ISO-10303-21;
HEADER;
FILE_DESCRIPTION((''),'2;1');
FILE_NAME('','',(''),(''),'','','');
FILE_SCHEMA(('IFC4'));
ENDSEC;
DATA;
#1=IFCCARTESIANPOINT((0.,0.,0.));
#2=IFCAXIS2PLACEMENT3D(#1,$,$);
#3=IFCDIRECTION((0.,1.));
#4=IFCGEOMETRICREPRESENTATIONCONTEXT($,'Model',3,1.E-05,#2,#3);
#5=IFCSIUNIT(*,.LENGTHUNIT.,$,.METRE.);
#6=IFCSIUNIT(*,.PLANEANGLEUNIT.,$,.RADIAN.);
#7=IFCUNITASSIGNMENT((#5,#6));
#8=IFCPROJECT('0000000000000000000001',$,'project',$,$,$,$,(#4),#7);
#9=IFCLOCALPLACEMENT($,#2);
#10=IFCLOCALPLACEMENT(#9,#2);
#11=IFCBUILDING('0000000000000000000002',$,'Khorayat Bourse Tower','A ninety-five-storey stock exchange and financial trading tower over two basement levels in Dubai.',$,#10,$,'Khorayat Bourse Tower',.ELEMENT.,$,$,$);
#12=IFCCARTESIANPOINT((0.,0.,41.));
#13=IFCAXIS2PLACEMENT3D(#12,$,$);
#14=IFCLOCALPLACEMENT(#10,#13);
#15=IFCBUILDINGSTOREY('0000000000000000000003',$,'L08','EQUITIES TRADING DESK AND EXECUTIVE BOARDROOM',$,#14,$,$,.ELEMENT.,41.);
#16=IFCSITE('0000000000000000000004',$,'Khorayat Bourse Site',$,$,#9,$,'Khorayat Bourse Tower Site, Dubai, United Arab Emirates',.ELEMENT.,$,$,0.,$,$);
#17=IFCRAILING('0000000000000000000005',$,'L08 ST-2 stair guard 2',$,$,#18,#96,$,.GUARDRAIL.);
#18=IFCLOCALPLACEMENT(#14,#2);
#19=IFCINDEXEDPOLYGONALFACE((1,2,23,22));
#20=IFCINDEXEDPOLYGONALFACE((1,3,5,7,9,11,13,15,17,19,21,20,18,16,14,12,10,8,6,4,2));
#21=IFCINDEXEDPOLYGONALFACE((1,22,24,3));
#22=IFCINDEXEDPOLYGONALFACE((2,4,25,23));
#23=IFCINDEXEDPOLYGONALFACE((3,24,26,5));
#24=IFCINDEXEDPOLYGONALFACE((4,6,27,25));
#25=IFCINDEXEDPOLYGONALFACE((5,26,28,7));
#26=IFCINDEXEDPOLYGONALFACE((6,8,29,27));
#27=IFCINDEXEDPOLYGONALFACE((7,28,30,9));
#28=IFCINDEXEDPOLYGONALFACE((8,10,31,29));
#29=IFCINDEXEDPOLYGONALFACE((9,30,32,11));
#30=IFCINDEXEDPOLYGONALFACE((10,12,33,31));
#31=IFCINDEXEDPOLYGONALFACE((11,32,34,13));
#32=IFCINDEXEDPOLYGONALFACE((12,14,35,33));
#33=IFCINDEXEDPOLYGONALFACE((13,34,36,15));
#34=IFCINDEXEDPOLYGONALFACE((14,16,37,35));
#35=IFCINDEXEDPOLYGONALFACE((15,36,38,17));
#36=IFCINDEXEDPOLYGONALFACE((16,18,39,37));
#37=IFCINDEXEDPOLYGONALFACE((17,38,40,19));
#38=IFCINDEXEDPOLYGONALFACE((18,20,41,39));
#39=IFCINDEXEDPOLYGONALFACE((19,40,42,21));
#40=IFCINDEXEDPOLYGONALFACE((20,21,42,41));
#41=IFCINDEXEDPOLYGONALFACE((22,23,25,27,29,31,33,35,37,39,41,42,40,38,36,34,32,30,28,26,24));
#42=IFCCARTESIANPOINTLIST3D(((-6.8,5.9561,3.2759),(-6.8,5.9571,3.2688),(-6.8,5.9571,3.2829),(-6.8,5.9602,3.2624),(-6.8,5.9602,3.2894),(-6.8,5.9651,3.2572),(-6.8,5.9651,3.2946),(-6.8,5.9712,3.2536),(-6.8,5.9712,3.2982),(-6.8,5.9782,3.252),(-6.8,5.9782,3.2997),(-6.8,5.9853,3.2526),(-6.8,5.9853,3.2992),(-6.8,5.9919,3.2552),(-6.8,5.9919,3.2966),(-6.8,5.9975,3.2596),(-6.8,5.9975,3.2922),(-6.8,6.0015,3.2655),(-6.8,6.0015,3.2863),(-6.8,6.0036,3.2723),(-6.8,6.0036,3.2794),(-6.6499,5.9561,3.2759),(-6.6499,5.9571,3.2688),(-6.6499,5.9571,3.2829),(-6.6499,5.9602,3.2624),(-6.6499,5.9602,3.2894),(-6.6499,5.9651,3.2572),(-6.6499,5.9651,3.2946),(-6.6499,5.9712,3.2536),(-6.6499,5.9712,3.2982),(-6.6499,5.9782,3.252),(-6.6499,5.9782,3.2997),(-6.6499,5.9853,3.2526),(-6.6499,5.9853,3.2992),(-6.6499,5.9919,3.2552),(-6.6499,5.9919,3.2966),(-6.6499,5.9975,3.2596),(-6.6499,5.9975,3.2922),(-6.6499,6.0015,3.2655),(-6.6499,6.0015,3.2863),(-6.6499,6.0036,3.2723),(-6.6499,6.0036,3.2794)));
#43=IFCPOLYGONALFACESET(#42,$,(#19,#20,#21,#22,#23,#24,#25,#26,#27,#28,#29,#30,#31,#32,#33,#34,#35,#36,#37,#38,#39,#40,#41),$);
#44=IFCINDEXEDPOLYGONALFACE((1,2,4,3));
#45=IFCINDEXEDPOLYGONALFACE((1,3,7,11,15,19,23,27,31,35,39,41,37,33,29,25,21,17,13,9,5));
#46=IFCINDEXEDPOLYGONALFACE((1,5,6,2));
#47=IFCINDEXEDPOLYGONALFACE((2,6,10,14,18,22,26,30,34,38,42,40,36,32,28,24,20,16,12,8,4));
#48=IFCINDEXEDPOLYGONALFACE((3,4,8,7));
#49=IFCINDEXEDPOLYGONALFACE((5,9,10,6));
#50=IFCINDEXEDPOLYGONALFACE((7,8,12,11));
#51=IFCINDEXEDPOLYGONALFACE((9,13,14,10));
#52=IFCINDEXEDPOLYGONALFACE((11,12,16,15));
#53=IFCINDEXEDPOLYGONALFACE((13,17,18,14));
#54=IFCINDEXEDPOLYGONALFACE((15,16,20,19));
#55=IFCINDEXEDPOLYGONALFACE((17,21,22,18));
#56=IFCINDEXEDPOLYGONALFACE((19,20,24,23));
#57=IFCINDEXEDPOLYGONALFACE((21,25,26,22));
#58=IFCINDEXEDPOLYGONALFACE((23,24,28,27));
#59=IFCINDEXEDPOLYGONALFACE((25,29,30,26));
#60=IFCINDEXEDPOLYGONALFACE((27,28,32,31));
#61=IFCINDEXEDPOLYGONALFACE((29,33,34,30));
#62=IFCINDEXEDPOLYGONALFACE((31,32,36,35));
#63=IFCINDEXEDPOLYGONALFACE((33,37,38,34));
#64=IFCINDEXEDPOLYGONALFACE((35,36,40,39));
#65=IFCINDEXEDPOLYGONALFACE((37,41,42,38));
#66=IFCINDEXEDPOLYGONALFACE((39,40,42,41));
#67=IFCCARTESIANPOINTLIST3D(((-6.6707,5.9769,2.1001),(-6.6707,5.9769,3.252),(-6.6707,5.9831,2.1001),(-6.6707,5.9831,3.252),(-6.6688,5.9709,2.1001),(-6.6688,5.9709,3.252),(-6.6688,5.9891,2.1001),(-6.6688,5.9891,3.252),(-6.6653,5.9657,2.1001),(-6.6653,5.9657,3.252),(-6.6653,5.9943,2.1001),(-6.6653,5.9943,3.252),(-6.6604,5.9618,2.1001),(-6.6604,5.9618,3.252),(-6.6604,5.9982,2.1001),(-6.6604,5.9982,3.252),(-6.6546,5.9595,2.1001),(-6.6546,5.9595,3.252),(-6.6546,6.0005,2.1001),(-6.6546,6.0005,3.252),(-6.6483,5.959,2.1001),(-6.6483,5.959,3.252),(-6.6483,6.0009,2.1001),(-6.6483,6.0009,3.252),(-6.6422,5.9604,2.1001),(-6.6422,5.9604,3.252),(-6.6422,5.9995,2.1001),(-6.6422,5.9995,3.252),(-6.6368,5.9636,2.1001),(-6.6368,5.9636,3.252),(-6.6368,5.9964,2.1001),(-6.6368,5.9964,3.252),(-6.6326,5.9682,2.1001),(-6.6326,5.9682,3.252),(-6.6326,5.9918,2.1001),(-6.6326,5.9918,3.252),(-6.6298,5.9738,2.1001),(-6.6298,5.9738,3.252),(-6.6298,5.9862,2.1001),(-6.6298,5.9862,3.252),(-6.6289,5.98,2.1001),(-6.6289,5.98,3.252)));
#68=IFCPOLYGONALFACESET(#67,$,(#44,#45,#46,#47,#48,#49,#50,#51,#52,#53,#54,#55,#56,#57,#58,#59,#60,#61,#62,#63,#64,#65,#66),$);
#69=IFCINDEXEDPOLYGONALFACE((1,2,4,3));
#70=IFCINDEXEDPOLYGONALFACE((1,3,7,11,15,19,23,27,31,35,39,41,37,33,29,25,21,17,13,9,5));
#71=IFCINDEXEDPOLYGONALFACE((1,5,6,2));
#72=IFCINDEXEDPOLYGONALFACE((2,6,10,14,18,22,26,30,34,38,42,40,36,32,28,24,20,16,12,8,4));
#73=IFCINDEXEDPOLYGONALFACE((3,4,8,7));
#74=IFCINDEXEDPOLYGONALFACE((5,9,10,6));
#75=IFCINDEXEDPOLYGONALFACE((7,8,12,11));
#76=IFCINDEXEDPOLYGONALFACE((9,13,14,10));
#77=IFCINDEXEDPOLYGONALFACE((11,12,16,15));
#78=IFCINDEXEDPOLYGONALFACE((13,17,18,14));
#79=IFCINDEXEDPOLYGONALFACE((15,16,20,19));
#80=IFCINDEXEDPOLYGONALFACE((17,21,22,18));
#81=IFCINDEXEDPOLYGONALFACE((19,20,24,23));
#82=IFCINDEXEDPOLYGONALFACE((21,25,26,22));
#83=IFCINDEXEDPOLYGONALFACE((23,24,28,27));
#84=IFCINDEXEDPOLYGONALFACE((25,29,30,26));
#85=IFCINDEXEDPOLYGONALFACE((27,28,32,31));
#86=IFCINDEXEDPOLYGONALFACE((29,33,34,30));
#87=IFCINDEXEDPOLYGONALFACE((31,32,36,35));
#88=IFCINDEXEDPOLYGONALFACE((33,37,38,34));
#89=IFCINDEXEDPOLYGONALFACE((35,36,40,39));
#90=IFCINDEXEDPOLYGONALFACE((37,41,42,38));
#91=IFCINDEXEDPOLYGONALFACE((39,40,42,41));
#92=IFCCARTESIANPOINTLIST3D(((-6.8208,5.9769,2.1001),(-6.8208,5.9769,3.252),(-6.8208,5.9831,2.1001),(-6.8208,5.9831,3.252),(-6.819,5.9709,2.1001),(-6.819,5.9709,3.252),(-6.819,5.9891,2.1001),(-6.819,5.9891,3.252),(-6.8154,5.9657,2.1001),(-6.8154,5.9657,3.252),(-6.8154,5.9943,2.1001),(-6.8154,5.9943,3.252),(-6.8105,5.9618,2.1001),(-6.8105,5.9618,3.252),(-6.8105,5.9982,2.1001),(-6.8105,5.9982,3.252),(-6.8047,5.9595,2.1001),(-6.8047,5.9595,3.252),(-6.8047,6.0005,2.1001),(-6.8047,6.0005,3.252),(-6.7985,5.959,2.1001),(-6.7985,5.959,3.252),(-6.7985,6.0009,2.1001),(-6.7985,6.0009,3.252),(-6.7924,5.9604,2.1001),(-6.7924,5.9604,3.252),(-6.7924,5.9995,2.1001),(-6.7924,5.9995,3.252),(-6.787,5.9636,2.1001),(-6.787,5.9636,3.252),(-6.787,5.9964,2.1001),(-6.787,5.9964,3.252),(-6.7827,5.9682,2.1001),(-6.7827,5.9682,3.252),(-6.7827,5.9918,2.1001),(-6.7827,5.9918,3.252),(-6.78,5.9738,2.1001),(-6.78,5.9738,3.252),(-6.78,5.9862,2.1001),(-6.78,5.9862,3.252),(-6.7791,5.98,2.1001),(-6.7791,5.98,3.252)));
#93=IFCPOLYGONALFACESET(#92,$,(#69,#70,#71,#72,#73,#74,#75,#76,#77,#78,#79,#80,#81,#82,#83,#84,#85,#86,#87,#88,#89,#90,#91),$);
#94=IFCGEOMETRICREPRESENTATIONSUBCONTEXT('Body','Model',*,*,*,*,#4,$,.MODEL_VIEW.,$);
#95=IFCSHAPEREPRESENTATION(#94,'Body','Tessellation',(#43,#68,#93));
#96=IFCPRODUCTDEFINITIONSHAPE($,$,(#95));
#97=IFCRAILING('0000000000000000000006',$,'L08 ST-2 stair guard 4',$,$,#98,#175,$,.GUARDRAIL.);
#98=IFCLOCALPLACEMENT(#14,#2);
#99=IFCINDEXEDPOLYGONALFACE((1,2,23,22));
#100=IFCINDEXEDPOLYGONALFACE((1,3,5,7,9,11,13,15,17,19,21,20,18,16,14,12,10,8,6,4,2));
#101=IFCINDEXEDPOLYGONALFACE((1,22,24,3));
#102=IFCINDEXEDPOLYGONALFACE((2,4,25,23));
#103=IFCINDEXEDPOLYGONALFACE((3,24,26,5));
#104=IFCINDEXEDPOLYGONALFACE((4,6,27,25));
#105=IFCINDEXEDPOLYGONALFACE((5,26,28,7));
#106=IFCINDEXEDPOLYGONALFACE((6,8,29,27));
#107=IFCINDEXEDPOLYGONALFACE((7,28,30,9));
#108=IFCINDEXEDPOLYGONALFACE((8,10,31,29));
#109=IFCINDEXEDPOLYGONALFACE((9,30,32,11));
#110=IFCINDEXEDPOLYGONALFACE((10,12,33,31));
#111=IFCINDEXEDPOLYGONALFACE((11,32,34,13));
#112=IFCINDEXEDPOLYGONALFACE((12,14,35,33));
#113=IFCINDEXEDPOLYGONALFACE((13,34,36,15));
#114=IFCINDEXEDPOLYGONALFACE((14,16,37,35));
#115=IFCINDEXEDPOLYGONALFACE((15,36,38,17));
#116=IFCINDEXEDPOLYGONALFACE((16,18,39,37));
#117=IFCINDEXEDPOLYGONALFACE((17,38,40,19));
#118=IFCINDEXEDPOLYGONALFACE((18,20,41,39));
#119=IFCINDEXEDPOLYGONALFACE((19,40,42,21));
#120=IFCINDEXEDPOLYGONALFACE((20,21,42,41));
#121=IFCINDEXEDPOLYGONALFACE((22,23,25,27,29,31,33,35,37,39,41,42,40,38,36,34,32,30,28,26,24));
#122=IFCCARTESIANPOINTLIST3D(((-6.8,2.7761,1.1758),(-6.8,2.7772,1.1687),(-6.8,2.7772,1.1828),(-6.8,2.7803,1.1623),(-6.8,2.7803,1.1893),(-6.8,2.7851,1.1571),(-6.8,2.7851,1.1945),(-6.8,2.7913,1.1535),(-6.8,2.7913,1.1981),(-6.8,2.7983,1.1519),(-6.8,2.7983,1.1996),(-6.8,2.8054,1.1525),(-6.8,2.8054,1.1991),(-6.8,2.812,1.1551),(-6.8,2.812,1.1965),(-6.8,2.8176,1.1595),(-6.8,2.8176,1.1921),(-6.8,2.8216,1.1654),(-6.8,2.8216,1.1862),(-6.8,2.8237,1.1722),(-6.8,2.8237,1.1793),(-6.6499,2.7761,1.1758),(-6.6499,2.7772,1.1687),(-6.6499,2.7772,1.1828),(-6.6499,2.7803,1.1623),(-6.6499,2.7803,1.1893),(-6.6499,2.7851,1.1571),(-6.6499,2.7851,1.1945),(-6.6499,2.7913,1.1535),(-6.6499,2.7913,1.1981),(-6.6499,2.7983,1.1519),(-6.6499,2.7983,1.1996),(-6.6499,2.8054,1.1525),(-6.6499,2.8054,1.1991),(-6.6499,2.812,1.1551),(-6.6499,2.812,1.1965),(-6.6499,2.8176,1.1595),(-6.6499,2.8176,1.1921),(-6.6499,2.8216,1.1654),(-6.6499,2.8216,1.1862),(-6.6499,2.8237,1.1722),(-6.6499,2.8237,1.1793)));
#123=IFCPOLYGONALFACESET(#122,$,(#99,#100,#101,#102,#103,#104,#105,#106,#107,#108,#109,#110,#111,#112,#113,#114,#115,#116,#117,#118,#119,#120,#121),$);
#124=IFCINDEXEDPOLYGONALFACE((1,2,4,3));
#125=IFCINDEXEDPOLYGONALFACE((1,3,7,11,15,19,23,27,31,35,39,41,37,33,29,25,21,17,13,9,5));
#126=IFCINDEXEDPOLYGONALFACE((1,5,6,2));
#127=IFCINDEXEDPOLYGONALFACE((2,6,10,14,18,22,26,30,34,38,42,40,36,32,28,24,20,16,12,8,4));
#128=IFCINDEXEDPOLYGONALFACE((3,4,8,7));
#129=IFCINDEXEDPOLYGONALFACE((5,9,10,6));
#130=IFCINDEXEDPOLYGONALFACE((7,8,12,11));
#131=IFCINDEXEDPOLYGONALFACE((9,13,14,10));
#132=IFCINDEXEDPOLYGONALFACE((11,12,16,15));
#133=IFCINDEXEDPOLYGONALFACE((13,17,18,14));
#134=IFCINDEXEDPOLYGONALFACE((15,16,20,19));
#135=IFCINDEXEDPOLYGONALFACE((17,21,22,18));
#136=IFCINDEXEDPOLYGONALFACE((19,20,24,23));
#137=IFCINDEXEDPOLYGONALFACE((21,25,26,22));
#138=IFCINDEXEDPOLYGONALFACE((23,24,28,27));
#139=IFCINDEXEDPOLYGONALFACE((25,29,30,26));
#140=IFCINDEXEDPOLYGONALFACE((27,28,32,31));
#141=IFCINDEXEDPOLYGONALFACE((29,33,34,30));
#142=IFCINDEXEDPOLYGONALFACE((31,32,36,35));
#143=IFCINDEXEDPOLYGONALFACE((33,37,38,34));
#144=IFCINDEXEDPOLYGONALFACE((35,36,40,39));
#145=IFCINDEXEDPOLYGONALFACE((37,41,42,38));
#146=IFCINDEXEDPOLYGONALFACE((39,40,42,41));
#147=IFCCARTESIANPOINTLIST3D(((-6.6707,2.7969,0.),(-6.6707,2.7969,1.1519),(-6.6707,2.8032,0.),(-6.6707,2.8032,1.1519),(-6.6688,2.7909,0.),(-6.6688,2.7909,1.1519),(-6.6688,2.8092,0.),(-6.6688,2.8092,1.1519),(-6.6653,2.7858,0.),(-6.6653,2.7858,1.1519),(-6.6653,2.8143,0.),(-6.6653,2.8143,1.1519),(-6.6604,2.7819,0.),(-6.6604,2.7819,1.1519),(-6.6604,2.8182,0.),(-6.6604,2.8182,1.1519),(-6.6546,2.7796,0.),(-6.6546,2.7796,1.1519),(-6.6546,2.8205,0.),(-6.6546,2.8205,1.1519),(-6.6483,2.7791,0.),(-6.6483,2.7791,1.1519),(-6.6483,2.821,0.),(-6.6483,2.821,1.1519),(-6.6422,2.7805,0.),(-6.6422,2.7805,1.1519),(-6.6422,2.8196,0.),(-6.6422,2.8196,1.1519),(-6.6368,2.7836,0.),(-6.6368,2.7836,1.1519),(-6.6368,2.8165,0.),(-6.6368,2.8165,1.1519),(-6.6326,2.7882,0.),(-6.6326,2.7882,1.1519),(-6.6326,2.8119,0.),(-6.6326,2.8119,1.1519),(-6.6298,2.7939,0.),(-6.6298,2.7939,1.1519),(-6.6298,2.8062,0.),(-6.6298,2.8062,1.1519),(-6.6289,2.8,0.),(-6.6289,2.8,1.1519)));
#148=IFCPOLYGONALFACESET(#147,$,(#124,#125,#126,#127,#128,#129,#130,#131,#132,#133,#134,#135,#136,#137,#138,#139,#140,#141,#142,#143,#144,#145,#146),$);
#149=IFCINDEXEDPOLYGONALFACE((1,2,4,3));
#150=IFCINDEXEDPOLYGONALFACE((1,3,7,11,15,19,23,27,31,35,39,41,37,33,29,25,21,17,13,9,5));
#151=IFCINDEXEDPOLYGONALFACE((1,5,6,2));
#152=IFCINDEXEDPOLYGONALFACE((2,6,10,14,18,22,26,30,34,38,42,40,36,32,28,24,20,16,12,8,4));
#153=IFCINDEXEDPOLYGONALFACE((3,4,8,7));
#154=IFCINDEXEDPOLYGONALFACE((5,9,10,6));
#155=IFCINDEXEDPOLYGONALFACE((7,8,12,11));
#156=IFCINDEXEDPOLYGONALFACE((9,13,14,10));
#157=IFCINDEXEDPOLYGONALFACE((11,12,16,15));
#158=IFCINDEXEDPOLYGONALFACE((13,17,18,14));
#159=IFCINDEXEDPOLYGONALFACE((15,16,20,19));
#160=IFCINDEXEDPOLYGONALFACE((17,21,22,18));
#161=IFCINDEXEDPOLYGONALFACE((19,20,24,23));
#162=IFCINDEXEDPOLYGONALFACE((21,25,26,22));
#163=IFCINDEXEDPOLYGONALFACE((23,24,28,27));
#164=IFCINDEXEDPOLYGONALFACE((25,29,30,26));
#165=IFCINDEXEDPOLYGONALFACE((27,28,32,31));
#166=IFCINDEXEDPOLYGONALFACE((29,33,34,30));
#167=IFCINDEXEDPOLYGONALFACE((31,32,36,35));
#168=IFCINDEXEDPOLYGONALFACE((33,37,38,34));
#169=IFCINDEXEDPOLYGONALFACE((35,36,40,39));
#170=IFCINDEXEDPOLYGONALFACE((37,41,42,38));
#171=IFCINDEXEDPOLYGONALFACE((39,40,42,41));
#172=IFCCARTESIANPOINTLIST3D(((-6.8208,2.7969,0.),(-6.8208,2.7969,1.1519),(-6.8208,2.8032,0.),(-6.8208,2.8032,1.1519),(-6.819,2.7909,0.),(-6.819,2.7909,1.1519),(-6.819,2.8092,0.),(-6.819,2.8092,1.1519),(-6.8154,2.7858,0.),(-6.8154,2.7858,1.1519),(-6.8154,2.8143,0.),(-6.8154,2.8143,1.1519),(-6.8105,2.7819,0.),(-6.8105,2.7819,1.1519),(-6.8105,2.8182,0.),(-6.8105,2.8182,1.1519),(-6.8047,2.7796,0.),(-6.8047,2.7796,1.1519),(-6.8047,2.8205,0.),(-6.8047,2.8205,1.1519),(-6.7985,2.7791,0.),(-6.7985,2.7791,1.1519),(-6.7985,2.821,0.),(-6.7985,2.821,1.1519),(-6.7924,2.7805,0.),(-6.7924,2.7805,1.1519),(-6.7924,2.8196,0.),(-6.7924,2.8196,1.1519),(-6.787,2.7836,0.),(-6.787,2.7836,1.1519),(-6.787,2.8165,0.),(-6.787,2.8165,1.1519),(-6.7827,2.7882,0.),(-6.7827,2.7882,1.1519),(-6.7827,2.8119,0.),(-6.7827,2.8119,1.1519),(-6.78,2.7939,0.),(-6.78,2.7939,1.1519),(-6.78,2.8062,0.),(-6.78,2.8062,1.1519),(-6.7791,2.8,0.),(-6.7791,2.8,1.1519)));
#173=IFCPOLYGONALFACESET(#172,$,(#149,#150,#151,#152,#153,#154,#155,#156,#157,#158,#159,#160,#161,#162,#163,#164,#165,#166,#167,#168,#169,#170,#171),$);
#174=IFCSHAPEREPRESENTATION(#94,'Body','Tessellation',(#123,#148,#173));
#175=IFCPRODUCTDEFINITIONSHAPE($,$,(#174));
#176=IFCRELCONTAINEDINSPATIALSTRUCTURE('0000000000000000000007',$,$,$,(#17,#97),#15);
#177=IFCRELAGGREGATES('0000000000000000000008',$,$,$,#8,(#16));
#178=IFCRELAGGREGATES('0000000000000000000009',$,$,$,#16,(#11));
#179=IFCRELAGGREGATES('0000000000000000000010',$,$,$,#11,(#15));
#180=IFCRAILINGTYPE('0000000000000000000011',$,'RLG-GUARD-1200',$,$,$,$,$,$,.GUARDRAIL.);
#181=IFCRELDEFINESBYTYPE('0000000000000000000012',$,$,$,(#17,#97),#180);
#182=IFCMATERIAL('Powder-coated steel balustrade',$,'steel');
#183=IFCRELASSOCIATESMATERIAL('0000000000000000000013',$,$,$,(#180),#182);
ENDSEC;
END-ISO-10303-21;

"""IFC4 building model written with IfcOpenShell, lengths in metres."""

from ifc_helpers import new_model, si_unit, direction, frame, origin, origin_2d, place, context, subcontext, project, spatial, circle, extrude, source, transform, mapped, material, type_object, element, save


model = new_model("IFC4")

# Units and contexts
model_context = context("Model", 3, precision=1e-05, world=origin(), true_north=direction((0.0, 1.0)))
body_context = subcontext(model_context, "Body", "Model", "MODEL_VIEW")
ifc_project = project(units=[si_unit("LENGTHUNIT", "METRE"), si_unit("PLANEANGLEUNIT", "RADIAN")], contexts=[model_context])

# Site, building, storey
site_placement = place(None, origin())
site = spatial("IfcSite", under=ifc_project, at=site_placement, Name="Khorayat Bourse Site", LongName="Khorayat Bourse Tower Site, Dubai, United Arab Emirates", CompositionType="ELEMENT", RefElevation=0.0)
building_placement = place(site_placement, origin())
building = spatial("IfcBuilding", under=site, at=building_placement, Name="Khorayat Bourse Tower", Description="A ninety-five-storey stock exchange and financial trading tower over two basement levels in Dubai.", LongName="Khorayat Bourse Tower", CompositionType="ELEMENT")
storey_placement = place(building_placement, frame((0.0, 0.0, 41.0)))
storey = spatial("IfcBuildingStorey", under=building, at=storey_placement, Name="L08", Description="EQUITIES TRADING DESK AND EXECUTIVE BOARDROOM", CompositionType="ELEMENT", Elevation=41.0)

# Railings
ifc_material_1 = material(Name="Powder-coated steel balustrade", Category="steel")
railing_type_1 = type_object("IfcRailingType", Name="RLG-GUARD-1200", PredefinedType="GUARDRAIL", material=ifc_material_1)
shared_shape_1 = source(origin(), body_context, "Body", "SweptSolid", [
    extrude(circle(Radius=0.0239, at=origin_2d()), frame((0.0, 0.0, 1.1758), z_axis=(-1.0, 0.0, 0.0), x_axis=(0.0, -1.0, 0.0)), (0.0, 0.0, 1.0), 0.1501),
    extrude(circle(Radius=0.021, at=origin_2d()), origin(), (0.0, 0.0, 1.0), 1.1519),
    extrude(circle(Radius=0.021, at=origin_2d()), frame((-0.1501, 0.0, 0.0)), (0.0, 0.0, 1.0), 1.1519),
])
for number, where, name in (
    (1, (-6.6499, 5.98, 2.1001), "L08 ST-2 stair guard 2"),
    (2, (-6.6499, 2.8, 0.0), "L08 ST-2 stair guard 4"),
):
    element("IfcRailing", number, at=place(storey_placement, frame(where)), inside=storey, type_object=railing_type_1, Name=name, PredefinedType="GUARDRAIL", context=body_context, shape_type="MappedRepresentation", body=[
        mapped(shared_shape_1, transform((0.0, 0.0, 0.0), scale=1.0)),
    ])

save(model, "model.ifc")
